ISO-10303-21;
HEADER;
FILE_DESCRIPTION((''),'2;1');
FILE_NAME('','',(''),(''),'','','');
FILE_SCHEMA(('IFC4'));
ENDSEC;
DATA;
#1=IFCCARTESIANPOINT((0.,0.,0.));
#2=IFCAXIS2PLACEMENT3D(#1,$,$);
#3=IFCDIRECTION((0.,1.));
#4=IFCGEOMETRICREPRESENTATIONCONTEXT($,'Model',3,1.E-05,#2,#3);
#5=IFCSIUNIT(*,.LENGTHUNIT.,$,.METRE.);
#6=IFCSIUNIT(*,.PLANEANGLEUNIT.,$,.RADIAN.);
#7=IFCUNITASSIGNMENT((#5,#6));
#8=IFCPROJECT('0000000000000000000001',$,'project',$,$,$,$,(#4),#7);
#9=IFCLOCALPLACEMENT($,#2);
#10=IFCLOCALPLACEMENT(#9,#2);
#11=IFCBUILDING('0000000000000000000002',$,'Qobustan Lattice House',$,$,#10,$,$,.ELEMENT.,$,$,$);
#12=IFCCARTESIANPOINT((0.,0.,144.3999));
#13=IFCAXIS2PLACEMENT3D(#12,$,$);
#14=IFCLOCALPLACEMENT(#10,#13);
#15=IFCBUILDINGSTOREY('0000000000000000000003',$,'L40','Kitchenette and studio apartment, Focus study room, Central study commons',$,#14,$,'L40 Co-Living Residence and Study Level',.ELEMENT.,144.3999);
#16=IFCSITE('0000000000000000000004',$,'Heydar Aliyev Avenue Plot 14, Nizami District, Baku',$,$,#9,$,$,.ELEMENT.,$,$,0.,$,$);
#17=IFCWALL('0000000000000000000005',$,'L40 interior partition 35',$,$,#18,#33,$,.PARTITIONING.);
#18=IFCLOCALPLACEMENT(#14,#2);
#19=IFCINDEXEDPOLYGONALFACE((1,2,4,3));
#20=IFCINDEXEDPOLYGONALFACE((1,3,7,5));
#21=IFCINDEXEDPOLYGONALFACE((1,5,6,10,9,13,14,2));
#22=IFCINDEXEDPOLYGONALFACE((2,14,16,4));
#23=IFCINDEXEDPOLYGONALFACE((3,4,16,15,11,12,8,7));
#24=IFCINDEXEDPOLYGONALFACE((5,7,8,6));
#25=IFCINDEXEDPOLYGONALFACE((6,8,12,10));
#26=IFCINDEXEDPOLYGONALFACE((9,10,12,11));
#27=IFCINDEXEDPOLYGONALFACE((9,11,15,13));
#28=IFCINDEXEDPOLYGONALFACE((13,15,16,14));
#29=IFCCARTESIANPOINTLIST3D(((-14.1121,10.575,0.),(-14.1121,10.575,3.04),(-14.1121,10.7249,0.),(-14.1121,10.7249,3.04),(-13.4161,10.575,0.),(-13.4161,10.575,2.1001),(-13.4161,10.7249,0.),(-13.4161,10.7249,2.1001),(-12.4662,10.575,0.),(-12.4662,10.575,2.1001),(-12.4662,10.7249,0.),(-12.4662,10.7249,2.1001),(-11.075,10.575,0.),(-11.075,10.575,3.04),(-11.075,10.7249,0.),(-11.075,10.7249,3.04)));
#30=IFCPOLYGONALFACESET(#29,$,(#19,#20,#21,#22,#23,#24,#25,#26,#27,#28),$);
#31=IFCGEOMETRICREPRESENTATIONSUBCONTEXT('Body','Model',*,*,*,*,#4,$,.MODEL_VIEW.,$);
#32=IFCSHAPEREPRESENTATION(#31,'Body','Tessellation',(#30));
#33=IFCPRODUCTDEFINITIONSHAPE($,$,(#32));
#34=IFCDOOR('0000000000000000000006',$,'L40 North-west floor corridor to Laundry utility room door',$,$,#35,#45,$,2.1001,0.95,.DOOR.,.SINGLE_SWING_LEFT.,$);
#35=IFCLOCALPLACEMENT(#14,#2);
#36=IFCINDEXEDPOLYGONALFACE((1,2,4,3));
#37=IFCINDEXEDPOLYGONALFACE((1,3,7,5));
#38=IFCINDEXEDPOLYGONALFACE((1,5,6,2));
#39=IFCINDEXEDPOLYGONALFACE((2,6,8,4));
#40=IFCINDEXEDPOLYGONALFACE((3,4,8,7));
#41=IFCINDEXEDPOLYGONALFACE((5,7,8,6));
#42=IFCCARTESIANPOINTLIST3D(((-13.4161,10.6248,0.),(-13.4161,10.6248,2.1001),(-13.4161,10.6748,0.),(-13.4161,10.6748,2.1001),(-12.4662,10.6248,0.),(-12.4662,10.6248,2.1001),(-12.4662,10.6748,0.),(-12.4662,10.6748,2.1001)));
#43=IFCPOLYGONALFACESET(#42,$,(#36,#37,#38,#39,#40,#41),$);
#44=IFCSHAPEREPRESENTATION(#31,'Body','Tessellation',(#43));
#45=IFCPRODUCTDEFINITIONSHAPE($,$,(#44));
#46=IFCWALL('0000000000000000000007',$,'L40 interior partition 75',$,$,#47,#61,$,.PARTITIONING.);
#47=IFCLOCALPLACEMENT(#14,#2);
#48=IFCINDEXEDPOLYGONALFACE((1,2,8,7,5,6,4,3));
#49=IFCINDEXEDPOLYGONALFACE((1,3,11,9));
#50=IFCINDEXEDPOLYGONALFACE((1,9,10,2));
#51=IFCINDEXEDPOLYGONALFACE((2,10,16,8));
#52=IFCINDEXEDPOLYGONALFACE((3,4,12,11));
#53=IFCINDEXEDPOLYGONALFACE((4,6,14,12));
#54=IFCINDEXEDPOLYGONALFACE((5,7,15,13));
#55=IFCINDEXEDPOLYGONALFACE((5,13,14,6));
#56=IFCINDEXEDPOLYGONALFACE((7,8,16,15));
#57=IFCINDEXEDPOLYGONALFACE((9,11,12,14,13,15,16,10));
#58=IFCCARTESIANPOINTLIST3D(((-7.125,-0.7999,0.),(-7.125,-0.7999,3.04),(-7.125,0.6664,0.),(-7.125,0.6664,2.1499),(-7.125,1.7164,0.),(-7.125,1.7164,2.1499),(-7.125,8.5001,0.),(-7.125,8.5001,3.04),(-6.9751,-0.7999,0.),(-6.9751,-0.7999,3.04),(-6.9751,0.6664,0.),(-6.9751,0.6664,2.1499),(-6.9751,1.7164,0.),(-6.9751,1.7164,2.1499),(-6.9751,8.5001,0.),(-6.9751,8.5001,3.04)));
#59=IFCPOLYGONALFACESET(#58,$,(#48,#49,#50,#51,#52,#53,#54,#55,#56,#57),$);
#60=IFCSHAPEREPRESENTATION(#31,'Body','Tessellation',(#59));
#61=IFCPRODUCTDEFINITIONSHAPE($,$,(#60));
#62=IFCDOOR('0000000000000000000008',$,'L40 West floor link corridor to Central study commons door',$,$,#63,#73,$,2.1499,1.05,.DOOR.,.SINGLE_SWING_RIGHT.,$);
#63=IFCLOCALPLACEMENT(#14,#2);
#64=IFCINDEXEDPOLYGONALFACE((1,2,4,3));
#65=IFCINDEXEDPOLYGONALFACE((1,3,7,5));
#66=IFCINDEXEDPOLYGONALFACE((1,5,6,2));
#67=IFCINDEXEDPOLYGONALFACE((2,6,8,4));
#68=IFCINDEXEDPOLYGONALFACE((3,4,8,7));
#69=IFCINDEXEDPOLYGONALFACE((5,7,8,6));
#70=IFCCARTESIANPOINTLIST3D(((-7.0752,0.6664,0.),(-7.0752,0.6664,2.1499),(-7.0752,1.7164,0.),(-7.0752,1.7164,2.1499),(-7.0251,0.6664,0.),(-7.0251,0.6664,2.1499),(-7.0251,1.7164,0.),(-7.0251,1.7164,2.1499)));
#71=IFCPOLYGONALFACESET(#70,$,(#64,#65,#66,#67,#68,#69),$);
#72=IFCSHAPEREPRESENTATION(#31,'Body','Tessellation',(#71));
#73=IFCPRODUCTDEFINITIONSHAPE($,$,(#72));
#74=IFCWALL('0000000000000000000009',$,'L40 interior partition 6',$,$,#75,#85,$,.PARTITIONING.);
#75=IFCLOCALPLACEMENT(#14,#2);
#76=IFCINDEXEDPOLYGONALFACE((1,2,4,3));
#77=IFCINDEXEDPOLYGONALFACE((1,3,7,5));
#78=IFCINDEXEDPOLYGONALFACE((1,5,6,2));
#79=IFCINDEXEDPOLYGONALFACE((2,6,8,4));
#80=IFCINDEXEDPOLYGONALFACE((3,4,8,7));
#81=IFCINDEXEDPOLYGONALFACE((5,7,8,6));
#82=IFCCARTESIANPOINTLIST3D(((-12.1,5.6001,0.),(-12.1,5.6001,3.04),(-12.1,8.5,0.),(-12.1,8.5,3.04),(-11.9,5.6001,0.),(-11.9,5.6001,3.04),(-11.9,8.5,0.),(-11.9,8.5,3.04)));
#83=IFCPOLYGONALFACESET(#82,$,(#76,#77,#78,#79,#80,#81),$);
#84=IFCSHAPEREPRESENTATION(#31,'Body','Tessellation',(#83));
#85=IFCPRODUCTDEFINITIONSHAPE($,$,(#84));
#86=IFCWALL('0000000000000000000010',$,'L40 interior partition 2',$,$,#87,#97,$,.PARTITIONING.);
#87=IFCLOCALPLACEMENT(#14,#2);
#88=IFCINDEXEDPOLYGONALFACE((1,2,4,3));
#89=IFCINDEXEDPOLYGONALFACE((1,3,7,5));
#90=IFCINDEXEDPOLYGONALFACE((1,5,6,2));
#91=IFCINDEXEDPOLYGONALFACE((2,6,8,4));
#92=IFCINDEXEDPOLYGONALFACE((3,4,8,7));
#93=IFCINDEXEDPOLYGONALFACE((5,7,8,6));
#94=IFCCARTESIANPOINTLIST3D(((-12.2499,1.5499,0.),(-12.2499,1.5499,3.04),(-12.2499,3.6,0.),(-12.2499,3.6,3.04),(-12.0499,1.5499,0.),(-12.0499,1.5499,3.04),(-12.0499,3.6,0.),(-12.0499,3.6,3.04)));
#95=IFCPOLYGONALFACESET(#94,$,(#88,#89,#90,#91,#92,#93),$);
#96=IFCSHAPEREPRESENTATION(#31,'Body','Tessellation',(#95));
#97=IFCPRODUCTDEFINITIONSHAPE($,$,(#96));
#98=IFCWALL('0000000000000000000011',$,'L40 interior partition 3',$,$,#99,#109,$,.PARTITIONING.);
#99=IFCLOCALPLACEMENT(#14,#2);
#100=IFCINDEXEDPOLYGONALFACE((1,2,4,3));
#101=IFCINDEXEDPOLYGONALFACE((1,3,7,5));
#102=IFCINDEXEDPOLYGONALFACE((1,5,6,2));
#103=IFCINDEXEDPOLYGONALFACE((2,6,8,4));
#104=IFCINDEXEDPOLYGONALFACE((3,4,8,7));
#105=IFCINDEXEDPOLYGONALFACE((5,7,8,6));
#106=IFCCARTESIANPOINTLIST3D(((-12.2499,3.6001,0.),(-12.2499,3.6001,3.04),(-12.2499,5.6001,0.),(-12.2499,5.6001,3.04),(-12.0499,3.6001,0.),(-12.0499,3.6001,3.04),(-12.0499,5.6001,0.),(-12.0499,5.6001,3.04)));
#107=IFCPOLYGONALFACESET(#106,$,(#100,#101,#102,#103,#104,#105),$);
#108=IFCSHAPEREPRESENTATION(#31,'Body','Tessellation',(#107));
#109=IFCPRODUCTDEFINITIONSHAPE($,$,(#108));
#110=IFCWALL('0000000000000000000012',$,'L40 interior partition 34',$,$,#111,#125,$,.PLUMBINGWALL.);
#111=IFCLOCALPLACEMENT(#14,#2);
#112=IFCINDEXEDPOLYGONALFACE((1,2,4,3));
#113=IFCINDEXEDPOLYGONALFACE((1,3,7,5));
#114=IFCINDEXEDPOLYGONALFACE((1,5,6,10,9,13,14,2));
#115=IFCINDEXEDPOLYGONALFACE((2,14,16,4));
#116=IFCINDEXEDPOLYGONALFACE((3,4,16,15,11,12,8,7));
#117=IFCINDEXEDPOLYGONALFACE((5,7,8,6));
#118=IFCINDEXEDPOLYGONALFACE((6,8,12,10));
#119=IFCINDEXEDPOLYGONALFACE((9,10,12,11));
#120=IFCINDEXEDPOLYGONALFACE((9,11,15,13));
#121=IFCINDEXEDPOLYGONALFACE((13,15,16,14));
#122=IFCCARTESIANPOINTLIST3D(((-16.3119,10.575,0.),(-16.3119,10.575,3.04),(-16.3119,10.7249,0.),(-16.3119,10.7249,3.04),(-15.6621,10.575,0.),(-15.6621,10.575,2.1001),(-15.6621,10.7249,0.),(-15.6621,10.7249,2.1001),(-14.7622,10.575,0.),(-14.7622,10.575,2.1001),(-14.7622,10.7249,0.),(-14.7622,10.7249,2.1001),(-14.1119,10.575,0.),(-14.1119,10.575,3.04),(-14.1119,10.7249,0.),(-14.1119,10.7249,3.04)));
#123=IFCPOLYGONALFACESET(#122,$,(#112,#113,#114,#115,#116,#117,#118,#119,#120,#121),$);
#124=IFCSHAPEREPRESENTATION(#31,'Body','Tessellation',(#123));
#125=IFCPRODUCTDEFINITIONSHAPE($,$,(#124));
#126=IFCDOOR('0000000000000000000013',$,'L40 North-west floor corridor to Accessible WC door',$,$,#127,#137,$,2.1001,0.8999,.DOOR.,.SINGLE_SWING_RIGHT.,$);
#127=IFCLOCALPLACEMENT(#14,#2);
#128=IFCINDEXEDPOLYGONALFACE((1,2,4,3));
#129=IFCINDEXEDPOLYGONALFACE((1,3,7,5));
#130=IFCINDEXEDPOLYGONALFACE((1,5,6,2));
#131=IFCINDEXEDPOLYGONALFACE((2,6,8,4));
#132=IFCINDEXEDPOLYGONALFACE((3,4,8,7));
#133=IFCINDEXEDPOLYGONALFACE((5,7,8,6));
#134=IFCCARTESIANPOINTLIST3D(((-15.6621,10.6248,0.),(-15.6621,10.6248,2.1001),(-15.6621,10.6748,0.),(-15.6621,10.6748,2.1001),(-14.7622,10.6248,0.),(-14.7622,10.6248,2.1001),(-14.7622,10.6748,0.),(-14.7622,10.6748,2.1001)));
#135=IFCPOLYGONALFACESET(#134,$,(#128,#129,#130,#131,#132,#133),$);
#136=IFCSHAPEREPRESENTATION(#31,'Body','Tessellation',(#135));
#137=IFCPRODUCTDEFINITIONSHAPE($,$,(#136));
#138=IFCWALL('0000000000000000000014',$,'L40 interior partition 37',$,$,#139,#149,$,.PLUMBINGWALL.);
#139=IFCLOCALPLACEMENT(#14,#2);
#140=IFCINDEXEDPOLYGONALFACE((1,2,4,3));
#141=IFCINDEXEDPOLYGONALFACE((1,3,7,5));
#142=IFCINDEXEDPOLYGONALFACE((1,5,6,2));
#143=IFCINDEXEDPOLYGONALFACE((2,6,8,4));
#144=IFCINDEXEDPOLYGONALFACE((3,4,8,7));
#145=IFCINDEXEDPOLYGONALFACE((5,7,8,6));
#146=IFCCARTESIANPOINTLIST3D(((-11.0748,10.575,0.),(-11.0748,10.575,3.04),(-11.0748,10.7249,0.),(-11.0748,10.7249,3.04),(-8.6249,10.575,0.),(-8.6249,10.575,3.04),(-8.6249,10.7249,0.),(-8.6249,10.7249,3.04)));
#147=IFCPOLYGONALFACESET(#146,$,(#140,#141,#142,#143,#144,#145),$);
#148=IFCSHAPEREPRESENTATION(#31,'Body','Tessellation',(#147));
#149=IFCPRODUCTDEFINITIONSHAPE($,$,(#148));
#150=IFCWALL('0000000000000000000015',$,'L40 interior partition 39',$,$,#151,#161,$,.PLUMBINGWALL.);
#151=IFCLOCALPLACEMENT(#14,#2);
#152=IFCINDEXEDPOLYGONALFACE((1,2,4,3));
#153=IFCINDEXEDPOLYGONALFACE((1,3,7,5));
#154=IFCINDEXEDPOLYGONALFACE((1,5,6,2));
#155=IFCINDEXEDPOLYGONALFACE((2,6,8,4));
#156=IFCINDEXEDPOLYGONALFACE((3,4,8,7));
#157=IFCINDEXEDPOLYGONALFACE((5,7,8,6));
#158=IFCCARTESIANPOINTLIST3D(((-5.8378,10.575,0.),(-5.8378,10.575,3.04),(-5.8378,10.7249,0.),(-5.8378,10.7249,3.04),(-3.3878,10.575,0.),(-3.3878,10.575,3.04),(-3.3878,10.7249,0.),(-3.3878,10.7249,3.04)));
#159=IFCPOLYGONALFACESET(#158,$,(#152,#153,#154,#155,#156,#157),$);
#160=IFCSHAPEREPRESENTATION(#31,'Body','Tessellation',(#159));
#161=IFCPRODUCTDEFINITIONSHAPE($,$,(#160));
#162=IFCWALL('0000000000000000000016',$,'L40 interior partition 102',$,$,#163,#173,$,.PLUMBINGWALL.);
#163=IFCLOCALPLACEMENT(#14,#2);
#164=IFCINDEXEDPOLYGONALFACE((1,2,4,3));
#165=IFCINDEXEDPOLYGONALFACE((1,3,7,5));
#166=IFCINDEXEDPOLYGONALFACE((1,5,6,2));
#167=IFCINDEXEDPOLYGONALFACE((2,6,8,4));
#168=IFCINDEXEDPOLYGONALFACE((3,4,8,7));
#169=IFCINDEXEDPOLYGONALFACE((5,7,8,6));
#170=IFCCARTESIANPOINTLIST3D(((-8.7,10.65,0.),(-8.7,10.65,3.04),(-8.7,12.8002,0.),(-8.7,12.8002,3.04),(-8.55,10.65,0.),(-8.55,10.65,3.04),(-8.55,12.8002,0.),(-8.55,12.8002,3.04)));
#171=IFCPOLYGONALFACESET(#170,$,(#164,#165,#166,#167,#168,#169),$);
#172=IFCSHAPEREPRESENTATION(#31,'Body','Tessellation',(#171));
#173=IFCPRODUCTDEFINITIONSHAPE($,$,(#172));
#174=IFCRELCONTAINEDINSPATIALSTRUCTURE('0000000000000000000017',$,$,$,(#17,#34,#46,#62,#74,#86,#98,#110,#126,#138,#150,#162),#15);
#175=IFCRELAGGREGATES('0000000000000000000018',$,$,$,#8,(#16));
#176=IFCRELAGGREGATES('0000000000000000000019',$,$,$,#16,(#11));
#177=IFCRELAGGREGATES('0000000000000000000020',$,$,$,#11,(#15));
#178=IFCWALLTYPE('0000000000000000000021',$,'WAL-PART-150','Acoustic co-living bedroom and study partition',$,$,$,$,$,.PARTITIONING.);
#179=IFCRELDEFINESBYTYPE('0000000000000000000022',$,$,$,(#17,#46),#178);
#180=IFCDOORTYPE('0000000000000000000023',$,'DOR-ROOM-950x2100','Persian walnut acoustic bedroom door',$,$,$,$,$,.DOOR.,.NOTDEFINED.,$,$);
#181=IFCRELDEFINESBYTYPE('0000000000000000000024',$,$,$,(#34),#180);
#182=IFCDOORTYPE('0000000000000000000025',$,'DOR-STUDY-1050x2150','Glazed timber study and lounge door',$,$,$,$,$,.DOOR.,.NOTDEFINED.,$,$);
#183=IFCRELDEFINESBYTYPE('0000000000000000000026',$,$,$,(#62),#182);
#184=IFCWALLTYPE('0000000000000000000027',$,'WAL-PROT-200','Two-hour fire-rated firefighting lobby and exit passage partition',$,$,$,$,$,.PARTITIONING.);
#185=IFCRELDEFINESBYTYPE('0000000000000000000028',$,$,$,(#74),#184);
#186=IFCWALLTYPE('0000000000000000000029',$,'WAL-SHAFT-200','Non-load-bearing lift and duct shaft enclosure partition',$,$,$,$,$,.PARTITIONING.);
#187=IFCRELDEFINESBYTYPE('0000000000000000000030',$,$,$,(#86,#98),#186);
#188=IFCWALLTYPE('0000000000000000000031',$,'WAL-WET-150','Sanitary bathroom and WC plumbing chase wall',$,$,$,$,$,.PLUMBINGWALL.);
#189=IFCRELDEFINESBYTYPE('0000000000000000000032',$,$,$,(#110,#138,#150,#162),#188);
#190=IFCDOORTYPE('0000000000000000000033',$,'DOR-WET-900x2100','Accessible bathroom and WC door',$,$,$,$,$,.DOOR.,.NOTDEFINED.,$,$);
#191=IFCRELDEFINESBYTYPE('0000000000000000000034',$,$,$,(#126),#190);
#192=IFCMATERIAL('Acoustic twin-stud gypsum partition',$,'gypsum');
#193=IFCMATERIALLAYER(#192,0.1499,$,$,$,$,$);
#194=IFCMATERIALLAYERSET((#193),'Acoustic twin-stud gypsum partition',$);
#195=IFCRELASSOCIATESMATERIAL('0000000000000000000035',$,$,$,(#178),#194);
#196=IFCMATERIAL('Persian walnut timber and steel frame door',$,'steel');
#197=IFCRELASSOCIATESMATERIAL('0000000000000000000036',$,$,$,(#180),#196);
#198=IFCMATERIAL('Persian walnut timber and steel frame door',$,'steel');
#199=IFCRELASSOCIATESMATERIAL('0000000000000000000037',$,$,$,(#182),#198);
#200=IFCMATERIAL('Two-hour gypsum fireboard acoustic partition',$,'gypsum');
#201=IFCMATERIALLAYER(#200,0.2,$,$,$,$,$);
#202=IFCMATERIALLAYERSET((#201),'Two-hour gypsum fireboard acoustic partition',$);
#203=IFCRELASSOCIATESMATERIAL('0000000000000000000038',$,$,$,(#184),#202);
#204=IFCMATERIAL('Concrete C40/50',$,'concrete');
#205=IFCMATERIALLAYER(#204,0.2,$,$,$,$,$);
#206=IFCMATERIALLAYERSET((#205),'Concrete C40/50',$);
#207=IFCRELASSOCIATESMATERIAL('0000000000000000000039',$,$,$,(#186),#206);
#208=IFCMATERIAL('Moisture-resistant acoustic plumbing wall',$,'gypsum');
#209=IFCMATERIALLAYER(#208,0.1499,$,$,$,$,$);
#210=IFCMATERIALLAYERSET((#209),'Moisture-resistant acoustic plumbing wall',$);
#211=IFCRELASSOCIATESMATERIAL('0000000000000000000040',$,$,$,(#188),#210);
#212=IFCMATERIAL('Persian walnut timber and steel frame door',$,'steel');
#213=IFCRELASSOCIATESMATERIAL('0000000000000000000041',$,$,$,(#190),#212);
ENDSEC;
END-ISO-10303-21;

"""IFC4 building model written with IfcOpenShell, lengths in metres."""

from ifc_helpers import new_model, si_unit, direction, frame, frame_2d, origin, place, context, subcontext, project, spatial, rectangle, extrude, material, layer, layer_set, type_object, element, fill, save


model = new_model("IFC4")

# Units and contexts
model_context = context("Model", 3, precision=1e-05, world=origin(), true_north=direction((0.0, 1.0)))
body_context = subcontext(model_context, "Body", "Model", "MODEL_VIEW")
ifc_project = project(units=[si_unit("LENGTHUNIT", "METRE"), si_unit("PLANEANGLEUNIT", "RADIAN")], contexts=[model_context])

# Site, building, storey
site_placement = place(None, origin())
site = spatial("IfcSite", under=ifc_project, at=site_placement, Name="Heydar Aliyev Avenue Plot 14, Nizami District, Baku", CompositionType="ELEMENT", RefElevation=0.0)
building_placement = place(site_placement, origin())
building = spatial("IfcBuilding", under=site, at=building_placement, Name="Qobustan Lattice House", CompositionType="ELEMENT")
storey_placement = place(building_placement, frame((0.0, 0.0, 144.3999)))
storey = spatial("IfcBuildingStorey", under=building, at=storey_placement, Name="L40", Description="Kitchenette and studio apartment, Focus study room, Central study commons", LongName="L40 Co-Living Residence and Study Level", CompositionType="ELEMENT", Elevation=144.3999)

# Walls, openings, doors
ifc_material_1 = material(Name="Acoustic twin-stud gypsum partition", Category="gypsum")
ifc_layer_1 = layer(ifc_material_1, 0.1499)
ifc_layer_set_1 = layer_set([ifc_layer_1], Name="Acoustic twin-stud gypsum partition")
wall_type_1 = type_object("IfcWallType", Name="WAL-PART-150", Description="Acoustic co-living bedroom and study partition", PredefinedType="PARTITIONING", material=ifc_layer_set_1)
wall_1_placement = place(storey_placement, frame((-14.1121, 10.6499, 0.0), z_axis=(0.0, 0.0, 1.0), x_axis=(1.0, 0.0, 0.0)))
wall_1 = element("IfcWall", 1, at=wall_1_placement, inside=storey, type_object=wall_type_1, Name="L40 interior partition 35", PredefinedType="PARTITIONING", context=body_context, shape_type="SweptSolid", body=[
    extrude(rectangle(XDim=3.0371, YDim=0.1499, at=frame_2d((1.5186, 0.0))), origin(), (0.0, 0.0, 1.0), 3.04),
])
opening_1_placement = place(wall_1_placement, frame((0.6958, 0.0, 0.0)))
opening_1 = element("IfcOpeningElement", 2, at=opening_1_placement, cuts=wall_1, PredefinedType="OPENING", context=body_context, shape_type="SweptSolid", body=[
    extrude(rectangle(XDim=0.95, YDim=2.1001, at=frame_2d((0.4751, 1.05))), frame((0.0, 0.085, 0.0), z_axis=(0.0, -1.0, 0.0), x_axis=(1.0, 0.0, 0.0)), (0.0, 0.0, 1.0), 0.1699),
])
ifc_material_2 = material(Name="Persian walnut timber and steel frame door", Category="steel")
door_type_1 = type_object("IfcDoorType", Name="DOR-ROOM-950x2100", Description="Persian walnut acoustic bedroom door", OperationType="NOTDEFINED", PredefinedType="DOOR", material=ifc_material_2)
door_1_placement = place(opening_1_placement, origin())
door_1 = element("IfcDoor", 3, at=door_1_placement, inside=storey, type_object=door_type_1, Name="L40 North-west floor corridor to Laundry utility room door", OperationType="SINGLE_SWING_LEFT", OverallHeight=2.1001, OverallWidth=0.95, PredefinedType="DOOR", context=body_context, shape_type="SweptSolid", body=[
    extrude(rectangle(XDim=0.95, YDim=2.1001, at=frame_2d((0.4751, 1.05))), frame((0.0, 0.0249, 0.0), z_axis=(0.0, -1.0, 0.0), x_axis=(1.0, 0.0, 0.0)), (0.0, 0.0, 1.0), 0.05),
])
fill(opening_1, door_1)
wall_2_placement = place(storey_placement, frame((-7.05, 8.5, 0.0), z_axis=(0.0, 0.0, 1.0), x_axis=(0.0, -1.0, 0.0)))
wall_2 = element("IfcWall", 4, at=wall_2_placement, inside=storey, type_object=wall_type_1, Name="L40 interior partition 75", PredefinedType="PARTITIONING", context=body_context, shape_type="SweptSolid", body=[
    extrude(rectangle(XDim=9.3, YDim=0.1499, at=frame_2d((4.6499, 0.0))), origin(), (0.0, 0.0, 1.0), 3.04),
])
opening_2_placement = place(wall_2_placement, frame((6.7837, 0.0, 0.0)))
opening_2 = element("IfcOpeningElement", 5, at=opening_2_placement, cuts=wall_2, PredefinedType="OPENING", context=body_context, shape_type="SweptSolid", body=[
    extrude(rectangle(XDim=1.05, YDim=2.1499, at=frame_2d((0.5249, 1.075))), frame((0.0, 0.085, 0.0), z_axis=(0.0, -1.0, 0.0), x_axis=(1.0, 0.0, 0.0)), (0.0, 0.0, 1.0), 0.1699),
])
ifc_material_3 = material(Name="Persian walnut timber and steel frame door", Category="steel")
door_type_2 = type_object("IfcDoorType", Name="DOR-STUDY-1050x2150", Description="Glazed timber study and lounge door", OperationType="NOTDEFINED", PredefinedType="DOOR", material=ifc_material_3)
door_2_placement = place(opening_2_placement, origin())
door_2 = element("IfcDoor", 6, at=door_2_placement, inside=storey, type_object=door_type_2, Name="L40 West floor link corridor to Central study commons door", OperationType="SINGLE_SWING_RIGHT", OverallHeight=2.1499, OverallWidth=1.05, PredefinedType="DOOR", context=body_context, shape_type="SweptSolid", body=[
    extrude(rectangle(XDim=1.05, YDim=2.1499, at=frame_2d((0.5249, 1.075))), frame((0.0, 0.0249, 0.0), z_axis=(0.0, -1.0, 0.0), x_axis=(1.0, 0.0, 0.0)), (0.0, 0.0, 1.0), 0.05),
])
fill(opening_2, door_2)
ifc_material_4 = material(Name="Two-hour gypsum fireboard acoustic partition", Category="gypsum")
ifc_layer_2 = layer(ifc_material_4, 0.2)
ifc_layer_set_2 = layer_set([ifc_layer_2], Name="Two-hour gypsum fireboard acoustic partition")
wall_type_2 = type_object("IfcWallType", Name="WAL-PROT-200", Description="Two-hour fire-rated firefighting lobby and exit passage partition", PredefinedType="PARTITIONING", material=ifc_layer_set_2)

# Walls
wall_3_placement = place(storey_placement, frame((-12.0, 5.6001, 0.0), z_axis=(0.0, 0.0, 1.0), x_axis=(0.0, 1.0, 0.0)))
element("IfcWall", 7, at=wall_3_placement, inside=storey, type_object=wall_type_2, Name="L40 interior partition 6", PredefinedType="PARTITIONING", context=body_context, shape_type="SweptSolid", body=[
    extrude(rectangle(XDim=2.8999, YDim=0.2, at=frame_2d((1.45, 0.0))), origin(), (0.0, 0.0, 1.0), 3.04),
])
ifc_material_5 = material(Name="Concrete C40/50", Category="concrete")
ifc_layer_3 = layer(ifc_material_5, 0.2)
ifc_layer_set_3 = layer_set([ifc_layer_3], Name="Concrete C40/50")
wall_type_3 = type_object("IfcWallType", Name="WAL-SHAFT-200", Description="Non-load-bearing lift and duct shaft enclosure partition", PredefinedType="PARTITIONING", material=ifc_layer_set_3)
wall_4_placement = place(storey_placement, frame((-12.1499, 1.55, 0.0), z_axis=(0.0, 0.0, 1.0), x_axis=(0.0, 1.0, 0.0)))
element("IfcWall", 8, at=wall_4_placement, inside=storey, type_object=wall_type_3, Name="L40 interior partition 2", PredefinedType="PARTITIONING", context=body_context, shape_type="SweptSolid", body=[
    extrude(rectangle(XDim=2.05, YDim=0.2, at=frame_2d((1.0249, 0.0))), origin(), (0.0, 0.0, 1.0), 3.04),
])
wall_5_placement = place(storey_placement, frame((-12.1499, 3.6001, 0.0), z_axis=(0.0, 0.0, 1.0), x_axis=(0.0, 1.0, 0.0)))
element("IfcWall", 9, at=wall_5_placement, inside=storey, type_object=wall_type_3, Name="L40 interior partition 3", PredefinedType="PARTITIONING", context=body_context, shape_type="SweptSolid", body=[
    extrude(rectangle(XDim=2.0, YDim=0.2, at=frame_2d((1.0, 0.0))), origin(), (0.0, 0.0, 1.0), 3.04),
])

# Wall, opening, door
ifc_material_6 = material(Name="Moisture-resistant acoustic plumbing wall", Category="gypsum")
ifc_layer_4 = layer(ifc_material_6, 0.1499)
ifc_layer_set_4 = layer_set([ifc_layer_4], Name="Moisture-resistant acoustic plumbing wall")
wall_type_4 = type_object("IfcWallType", Name="WAL-WET-150", Description="Sanitary bathroom and WC plumbing chase wall", PredefinedType="PLUMBINGWALL", material=ifc_layer_set_4)
wall_6_placement = place(storey_placement, frame((-16.312, 10.6499, 0.0), z_axis=(0.0, 0.0, 1.0), x_axis=(1.0, 0.0, 0.0)))
wall_6 = element("IfcWall", 10, at=wall_6_placement, inside=storey, type_object=wall_type_4, Name="L40 interior partition 34", PredefinedType="PLUMBINGWALL", context=body_context, shape_type="SweptSolid", body=[
    extrude(rectangle(XDim=2.2, YDim=0.1499, at=frame_2d((1.1001, 0.0))), origin(), (0.0, 0.0, 1.0), 3.04),
])
opening_3_placement = place(wall_6_placement, frame((0.6499, 0.0, 0.0)))
opening_3 = element("IfcOpeningElement", 11, at=opening_3_placement, cuts=wall_6, PredefinedType="OPENING", context=body_context, shape_type="SweptSolid", body=[
    extrude(rectangle(XDim=0.8999, YDim=2.1001, at=frame_2d((0.45, 1.05))), frame((0.0, 0.085, 0.0), z_axis=(0.0, -1.0, 0.0), x_axis=(1.0, 0.0, 0.0)), (0.0, 0.0, 1.0), 0.1699),
])
ifc_material_7 = material(Name="Persian walnut timber and steel frame door", Category="steel")
door_type_3 = type_object("IfcDoorType", Name="DOR-WET-900x2100", Description="Accessible bathroom and WC door", OperationType="NOTDEFINED", PredefinedType="DOOR", material=ifc_material_7)
door_3_placement = place(opening_3_placement, origin())
door_3 = element("IfcDoor", 12, at=door_3_placement, inside=storey, type_object=door_type_3, Name="L40 North-west floor corridor to Accessible WC door", OperationType="SINGLE_SWING_RIGHT", OverallHeight=2.1001, OverallWidth=0.8999, PredefinedType="DOOR", context=body_context, shape_type="SweptSolid", body=[
    extrude(rectangle(XDim=0.8999, YDim=2.1001, at=frame_2d((0.45, 1.05))), frame((0.0, 0.0249, 0.0), z_axis=(0.0, -1.0, 0.0), x_axis=(1.0, 0.0, 0.0)), (0.0, 0.0, 1.0), 0.05),
])
fill(opening_3, door_3)

# Walls
for number, where, z_axis, x_axis, name in (
    (13, (-11.075, 10.6499, 0.0), (0.0, 0.0, 1.0), (1.0, 0.0, 0.0), "L40 interior partition 37"),
    (14, (-5.8379, 10.6499, 0.0), (0.0, 0.0, 1.0), (1.0, 0.0, 0.0), "L40 interior partition 39"),
):
    element("IfcWall", number, at=place(storey_placement, frame(where, z_axis=z_axis, x_axis=x_axis)), inside=storey, type_object=wall_type_4, Name=name, PredefinedType="PLUMBINGWALL", context=body_context, shape_type="SweptSolid", body=[
        extrude(rectangle(XDim=2.45, YDim=0.1499, at=frame_2d((1.2251, 0.0))), origin(), (0.0, 0.0, 1.0), 3.04),
    ])
wall_7_placement = place(storey_placement, frame((-8.625, 10.6499, 0.0), z_axis=(0.0, 0.0, 1.0), x_axis=(0.0, 1.0, 0.0)))
element("IfcWall", 15, at=wall_7_placement, inside=storey, type_object=wall_type_4, Name="L40 interior partition 102", PredefinedType="PLUMBINGWALL", context=body_context, shape_type="SweptSolid", body=[
    extrude(rectangle(XDim=2.1501, YDim=0.1499, at=frame_2d((1.0752, 0.0))), origin(), (0.0, 0.0, 1.0), 3.04),
])

save(model, "model.ifc")
